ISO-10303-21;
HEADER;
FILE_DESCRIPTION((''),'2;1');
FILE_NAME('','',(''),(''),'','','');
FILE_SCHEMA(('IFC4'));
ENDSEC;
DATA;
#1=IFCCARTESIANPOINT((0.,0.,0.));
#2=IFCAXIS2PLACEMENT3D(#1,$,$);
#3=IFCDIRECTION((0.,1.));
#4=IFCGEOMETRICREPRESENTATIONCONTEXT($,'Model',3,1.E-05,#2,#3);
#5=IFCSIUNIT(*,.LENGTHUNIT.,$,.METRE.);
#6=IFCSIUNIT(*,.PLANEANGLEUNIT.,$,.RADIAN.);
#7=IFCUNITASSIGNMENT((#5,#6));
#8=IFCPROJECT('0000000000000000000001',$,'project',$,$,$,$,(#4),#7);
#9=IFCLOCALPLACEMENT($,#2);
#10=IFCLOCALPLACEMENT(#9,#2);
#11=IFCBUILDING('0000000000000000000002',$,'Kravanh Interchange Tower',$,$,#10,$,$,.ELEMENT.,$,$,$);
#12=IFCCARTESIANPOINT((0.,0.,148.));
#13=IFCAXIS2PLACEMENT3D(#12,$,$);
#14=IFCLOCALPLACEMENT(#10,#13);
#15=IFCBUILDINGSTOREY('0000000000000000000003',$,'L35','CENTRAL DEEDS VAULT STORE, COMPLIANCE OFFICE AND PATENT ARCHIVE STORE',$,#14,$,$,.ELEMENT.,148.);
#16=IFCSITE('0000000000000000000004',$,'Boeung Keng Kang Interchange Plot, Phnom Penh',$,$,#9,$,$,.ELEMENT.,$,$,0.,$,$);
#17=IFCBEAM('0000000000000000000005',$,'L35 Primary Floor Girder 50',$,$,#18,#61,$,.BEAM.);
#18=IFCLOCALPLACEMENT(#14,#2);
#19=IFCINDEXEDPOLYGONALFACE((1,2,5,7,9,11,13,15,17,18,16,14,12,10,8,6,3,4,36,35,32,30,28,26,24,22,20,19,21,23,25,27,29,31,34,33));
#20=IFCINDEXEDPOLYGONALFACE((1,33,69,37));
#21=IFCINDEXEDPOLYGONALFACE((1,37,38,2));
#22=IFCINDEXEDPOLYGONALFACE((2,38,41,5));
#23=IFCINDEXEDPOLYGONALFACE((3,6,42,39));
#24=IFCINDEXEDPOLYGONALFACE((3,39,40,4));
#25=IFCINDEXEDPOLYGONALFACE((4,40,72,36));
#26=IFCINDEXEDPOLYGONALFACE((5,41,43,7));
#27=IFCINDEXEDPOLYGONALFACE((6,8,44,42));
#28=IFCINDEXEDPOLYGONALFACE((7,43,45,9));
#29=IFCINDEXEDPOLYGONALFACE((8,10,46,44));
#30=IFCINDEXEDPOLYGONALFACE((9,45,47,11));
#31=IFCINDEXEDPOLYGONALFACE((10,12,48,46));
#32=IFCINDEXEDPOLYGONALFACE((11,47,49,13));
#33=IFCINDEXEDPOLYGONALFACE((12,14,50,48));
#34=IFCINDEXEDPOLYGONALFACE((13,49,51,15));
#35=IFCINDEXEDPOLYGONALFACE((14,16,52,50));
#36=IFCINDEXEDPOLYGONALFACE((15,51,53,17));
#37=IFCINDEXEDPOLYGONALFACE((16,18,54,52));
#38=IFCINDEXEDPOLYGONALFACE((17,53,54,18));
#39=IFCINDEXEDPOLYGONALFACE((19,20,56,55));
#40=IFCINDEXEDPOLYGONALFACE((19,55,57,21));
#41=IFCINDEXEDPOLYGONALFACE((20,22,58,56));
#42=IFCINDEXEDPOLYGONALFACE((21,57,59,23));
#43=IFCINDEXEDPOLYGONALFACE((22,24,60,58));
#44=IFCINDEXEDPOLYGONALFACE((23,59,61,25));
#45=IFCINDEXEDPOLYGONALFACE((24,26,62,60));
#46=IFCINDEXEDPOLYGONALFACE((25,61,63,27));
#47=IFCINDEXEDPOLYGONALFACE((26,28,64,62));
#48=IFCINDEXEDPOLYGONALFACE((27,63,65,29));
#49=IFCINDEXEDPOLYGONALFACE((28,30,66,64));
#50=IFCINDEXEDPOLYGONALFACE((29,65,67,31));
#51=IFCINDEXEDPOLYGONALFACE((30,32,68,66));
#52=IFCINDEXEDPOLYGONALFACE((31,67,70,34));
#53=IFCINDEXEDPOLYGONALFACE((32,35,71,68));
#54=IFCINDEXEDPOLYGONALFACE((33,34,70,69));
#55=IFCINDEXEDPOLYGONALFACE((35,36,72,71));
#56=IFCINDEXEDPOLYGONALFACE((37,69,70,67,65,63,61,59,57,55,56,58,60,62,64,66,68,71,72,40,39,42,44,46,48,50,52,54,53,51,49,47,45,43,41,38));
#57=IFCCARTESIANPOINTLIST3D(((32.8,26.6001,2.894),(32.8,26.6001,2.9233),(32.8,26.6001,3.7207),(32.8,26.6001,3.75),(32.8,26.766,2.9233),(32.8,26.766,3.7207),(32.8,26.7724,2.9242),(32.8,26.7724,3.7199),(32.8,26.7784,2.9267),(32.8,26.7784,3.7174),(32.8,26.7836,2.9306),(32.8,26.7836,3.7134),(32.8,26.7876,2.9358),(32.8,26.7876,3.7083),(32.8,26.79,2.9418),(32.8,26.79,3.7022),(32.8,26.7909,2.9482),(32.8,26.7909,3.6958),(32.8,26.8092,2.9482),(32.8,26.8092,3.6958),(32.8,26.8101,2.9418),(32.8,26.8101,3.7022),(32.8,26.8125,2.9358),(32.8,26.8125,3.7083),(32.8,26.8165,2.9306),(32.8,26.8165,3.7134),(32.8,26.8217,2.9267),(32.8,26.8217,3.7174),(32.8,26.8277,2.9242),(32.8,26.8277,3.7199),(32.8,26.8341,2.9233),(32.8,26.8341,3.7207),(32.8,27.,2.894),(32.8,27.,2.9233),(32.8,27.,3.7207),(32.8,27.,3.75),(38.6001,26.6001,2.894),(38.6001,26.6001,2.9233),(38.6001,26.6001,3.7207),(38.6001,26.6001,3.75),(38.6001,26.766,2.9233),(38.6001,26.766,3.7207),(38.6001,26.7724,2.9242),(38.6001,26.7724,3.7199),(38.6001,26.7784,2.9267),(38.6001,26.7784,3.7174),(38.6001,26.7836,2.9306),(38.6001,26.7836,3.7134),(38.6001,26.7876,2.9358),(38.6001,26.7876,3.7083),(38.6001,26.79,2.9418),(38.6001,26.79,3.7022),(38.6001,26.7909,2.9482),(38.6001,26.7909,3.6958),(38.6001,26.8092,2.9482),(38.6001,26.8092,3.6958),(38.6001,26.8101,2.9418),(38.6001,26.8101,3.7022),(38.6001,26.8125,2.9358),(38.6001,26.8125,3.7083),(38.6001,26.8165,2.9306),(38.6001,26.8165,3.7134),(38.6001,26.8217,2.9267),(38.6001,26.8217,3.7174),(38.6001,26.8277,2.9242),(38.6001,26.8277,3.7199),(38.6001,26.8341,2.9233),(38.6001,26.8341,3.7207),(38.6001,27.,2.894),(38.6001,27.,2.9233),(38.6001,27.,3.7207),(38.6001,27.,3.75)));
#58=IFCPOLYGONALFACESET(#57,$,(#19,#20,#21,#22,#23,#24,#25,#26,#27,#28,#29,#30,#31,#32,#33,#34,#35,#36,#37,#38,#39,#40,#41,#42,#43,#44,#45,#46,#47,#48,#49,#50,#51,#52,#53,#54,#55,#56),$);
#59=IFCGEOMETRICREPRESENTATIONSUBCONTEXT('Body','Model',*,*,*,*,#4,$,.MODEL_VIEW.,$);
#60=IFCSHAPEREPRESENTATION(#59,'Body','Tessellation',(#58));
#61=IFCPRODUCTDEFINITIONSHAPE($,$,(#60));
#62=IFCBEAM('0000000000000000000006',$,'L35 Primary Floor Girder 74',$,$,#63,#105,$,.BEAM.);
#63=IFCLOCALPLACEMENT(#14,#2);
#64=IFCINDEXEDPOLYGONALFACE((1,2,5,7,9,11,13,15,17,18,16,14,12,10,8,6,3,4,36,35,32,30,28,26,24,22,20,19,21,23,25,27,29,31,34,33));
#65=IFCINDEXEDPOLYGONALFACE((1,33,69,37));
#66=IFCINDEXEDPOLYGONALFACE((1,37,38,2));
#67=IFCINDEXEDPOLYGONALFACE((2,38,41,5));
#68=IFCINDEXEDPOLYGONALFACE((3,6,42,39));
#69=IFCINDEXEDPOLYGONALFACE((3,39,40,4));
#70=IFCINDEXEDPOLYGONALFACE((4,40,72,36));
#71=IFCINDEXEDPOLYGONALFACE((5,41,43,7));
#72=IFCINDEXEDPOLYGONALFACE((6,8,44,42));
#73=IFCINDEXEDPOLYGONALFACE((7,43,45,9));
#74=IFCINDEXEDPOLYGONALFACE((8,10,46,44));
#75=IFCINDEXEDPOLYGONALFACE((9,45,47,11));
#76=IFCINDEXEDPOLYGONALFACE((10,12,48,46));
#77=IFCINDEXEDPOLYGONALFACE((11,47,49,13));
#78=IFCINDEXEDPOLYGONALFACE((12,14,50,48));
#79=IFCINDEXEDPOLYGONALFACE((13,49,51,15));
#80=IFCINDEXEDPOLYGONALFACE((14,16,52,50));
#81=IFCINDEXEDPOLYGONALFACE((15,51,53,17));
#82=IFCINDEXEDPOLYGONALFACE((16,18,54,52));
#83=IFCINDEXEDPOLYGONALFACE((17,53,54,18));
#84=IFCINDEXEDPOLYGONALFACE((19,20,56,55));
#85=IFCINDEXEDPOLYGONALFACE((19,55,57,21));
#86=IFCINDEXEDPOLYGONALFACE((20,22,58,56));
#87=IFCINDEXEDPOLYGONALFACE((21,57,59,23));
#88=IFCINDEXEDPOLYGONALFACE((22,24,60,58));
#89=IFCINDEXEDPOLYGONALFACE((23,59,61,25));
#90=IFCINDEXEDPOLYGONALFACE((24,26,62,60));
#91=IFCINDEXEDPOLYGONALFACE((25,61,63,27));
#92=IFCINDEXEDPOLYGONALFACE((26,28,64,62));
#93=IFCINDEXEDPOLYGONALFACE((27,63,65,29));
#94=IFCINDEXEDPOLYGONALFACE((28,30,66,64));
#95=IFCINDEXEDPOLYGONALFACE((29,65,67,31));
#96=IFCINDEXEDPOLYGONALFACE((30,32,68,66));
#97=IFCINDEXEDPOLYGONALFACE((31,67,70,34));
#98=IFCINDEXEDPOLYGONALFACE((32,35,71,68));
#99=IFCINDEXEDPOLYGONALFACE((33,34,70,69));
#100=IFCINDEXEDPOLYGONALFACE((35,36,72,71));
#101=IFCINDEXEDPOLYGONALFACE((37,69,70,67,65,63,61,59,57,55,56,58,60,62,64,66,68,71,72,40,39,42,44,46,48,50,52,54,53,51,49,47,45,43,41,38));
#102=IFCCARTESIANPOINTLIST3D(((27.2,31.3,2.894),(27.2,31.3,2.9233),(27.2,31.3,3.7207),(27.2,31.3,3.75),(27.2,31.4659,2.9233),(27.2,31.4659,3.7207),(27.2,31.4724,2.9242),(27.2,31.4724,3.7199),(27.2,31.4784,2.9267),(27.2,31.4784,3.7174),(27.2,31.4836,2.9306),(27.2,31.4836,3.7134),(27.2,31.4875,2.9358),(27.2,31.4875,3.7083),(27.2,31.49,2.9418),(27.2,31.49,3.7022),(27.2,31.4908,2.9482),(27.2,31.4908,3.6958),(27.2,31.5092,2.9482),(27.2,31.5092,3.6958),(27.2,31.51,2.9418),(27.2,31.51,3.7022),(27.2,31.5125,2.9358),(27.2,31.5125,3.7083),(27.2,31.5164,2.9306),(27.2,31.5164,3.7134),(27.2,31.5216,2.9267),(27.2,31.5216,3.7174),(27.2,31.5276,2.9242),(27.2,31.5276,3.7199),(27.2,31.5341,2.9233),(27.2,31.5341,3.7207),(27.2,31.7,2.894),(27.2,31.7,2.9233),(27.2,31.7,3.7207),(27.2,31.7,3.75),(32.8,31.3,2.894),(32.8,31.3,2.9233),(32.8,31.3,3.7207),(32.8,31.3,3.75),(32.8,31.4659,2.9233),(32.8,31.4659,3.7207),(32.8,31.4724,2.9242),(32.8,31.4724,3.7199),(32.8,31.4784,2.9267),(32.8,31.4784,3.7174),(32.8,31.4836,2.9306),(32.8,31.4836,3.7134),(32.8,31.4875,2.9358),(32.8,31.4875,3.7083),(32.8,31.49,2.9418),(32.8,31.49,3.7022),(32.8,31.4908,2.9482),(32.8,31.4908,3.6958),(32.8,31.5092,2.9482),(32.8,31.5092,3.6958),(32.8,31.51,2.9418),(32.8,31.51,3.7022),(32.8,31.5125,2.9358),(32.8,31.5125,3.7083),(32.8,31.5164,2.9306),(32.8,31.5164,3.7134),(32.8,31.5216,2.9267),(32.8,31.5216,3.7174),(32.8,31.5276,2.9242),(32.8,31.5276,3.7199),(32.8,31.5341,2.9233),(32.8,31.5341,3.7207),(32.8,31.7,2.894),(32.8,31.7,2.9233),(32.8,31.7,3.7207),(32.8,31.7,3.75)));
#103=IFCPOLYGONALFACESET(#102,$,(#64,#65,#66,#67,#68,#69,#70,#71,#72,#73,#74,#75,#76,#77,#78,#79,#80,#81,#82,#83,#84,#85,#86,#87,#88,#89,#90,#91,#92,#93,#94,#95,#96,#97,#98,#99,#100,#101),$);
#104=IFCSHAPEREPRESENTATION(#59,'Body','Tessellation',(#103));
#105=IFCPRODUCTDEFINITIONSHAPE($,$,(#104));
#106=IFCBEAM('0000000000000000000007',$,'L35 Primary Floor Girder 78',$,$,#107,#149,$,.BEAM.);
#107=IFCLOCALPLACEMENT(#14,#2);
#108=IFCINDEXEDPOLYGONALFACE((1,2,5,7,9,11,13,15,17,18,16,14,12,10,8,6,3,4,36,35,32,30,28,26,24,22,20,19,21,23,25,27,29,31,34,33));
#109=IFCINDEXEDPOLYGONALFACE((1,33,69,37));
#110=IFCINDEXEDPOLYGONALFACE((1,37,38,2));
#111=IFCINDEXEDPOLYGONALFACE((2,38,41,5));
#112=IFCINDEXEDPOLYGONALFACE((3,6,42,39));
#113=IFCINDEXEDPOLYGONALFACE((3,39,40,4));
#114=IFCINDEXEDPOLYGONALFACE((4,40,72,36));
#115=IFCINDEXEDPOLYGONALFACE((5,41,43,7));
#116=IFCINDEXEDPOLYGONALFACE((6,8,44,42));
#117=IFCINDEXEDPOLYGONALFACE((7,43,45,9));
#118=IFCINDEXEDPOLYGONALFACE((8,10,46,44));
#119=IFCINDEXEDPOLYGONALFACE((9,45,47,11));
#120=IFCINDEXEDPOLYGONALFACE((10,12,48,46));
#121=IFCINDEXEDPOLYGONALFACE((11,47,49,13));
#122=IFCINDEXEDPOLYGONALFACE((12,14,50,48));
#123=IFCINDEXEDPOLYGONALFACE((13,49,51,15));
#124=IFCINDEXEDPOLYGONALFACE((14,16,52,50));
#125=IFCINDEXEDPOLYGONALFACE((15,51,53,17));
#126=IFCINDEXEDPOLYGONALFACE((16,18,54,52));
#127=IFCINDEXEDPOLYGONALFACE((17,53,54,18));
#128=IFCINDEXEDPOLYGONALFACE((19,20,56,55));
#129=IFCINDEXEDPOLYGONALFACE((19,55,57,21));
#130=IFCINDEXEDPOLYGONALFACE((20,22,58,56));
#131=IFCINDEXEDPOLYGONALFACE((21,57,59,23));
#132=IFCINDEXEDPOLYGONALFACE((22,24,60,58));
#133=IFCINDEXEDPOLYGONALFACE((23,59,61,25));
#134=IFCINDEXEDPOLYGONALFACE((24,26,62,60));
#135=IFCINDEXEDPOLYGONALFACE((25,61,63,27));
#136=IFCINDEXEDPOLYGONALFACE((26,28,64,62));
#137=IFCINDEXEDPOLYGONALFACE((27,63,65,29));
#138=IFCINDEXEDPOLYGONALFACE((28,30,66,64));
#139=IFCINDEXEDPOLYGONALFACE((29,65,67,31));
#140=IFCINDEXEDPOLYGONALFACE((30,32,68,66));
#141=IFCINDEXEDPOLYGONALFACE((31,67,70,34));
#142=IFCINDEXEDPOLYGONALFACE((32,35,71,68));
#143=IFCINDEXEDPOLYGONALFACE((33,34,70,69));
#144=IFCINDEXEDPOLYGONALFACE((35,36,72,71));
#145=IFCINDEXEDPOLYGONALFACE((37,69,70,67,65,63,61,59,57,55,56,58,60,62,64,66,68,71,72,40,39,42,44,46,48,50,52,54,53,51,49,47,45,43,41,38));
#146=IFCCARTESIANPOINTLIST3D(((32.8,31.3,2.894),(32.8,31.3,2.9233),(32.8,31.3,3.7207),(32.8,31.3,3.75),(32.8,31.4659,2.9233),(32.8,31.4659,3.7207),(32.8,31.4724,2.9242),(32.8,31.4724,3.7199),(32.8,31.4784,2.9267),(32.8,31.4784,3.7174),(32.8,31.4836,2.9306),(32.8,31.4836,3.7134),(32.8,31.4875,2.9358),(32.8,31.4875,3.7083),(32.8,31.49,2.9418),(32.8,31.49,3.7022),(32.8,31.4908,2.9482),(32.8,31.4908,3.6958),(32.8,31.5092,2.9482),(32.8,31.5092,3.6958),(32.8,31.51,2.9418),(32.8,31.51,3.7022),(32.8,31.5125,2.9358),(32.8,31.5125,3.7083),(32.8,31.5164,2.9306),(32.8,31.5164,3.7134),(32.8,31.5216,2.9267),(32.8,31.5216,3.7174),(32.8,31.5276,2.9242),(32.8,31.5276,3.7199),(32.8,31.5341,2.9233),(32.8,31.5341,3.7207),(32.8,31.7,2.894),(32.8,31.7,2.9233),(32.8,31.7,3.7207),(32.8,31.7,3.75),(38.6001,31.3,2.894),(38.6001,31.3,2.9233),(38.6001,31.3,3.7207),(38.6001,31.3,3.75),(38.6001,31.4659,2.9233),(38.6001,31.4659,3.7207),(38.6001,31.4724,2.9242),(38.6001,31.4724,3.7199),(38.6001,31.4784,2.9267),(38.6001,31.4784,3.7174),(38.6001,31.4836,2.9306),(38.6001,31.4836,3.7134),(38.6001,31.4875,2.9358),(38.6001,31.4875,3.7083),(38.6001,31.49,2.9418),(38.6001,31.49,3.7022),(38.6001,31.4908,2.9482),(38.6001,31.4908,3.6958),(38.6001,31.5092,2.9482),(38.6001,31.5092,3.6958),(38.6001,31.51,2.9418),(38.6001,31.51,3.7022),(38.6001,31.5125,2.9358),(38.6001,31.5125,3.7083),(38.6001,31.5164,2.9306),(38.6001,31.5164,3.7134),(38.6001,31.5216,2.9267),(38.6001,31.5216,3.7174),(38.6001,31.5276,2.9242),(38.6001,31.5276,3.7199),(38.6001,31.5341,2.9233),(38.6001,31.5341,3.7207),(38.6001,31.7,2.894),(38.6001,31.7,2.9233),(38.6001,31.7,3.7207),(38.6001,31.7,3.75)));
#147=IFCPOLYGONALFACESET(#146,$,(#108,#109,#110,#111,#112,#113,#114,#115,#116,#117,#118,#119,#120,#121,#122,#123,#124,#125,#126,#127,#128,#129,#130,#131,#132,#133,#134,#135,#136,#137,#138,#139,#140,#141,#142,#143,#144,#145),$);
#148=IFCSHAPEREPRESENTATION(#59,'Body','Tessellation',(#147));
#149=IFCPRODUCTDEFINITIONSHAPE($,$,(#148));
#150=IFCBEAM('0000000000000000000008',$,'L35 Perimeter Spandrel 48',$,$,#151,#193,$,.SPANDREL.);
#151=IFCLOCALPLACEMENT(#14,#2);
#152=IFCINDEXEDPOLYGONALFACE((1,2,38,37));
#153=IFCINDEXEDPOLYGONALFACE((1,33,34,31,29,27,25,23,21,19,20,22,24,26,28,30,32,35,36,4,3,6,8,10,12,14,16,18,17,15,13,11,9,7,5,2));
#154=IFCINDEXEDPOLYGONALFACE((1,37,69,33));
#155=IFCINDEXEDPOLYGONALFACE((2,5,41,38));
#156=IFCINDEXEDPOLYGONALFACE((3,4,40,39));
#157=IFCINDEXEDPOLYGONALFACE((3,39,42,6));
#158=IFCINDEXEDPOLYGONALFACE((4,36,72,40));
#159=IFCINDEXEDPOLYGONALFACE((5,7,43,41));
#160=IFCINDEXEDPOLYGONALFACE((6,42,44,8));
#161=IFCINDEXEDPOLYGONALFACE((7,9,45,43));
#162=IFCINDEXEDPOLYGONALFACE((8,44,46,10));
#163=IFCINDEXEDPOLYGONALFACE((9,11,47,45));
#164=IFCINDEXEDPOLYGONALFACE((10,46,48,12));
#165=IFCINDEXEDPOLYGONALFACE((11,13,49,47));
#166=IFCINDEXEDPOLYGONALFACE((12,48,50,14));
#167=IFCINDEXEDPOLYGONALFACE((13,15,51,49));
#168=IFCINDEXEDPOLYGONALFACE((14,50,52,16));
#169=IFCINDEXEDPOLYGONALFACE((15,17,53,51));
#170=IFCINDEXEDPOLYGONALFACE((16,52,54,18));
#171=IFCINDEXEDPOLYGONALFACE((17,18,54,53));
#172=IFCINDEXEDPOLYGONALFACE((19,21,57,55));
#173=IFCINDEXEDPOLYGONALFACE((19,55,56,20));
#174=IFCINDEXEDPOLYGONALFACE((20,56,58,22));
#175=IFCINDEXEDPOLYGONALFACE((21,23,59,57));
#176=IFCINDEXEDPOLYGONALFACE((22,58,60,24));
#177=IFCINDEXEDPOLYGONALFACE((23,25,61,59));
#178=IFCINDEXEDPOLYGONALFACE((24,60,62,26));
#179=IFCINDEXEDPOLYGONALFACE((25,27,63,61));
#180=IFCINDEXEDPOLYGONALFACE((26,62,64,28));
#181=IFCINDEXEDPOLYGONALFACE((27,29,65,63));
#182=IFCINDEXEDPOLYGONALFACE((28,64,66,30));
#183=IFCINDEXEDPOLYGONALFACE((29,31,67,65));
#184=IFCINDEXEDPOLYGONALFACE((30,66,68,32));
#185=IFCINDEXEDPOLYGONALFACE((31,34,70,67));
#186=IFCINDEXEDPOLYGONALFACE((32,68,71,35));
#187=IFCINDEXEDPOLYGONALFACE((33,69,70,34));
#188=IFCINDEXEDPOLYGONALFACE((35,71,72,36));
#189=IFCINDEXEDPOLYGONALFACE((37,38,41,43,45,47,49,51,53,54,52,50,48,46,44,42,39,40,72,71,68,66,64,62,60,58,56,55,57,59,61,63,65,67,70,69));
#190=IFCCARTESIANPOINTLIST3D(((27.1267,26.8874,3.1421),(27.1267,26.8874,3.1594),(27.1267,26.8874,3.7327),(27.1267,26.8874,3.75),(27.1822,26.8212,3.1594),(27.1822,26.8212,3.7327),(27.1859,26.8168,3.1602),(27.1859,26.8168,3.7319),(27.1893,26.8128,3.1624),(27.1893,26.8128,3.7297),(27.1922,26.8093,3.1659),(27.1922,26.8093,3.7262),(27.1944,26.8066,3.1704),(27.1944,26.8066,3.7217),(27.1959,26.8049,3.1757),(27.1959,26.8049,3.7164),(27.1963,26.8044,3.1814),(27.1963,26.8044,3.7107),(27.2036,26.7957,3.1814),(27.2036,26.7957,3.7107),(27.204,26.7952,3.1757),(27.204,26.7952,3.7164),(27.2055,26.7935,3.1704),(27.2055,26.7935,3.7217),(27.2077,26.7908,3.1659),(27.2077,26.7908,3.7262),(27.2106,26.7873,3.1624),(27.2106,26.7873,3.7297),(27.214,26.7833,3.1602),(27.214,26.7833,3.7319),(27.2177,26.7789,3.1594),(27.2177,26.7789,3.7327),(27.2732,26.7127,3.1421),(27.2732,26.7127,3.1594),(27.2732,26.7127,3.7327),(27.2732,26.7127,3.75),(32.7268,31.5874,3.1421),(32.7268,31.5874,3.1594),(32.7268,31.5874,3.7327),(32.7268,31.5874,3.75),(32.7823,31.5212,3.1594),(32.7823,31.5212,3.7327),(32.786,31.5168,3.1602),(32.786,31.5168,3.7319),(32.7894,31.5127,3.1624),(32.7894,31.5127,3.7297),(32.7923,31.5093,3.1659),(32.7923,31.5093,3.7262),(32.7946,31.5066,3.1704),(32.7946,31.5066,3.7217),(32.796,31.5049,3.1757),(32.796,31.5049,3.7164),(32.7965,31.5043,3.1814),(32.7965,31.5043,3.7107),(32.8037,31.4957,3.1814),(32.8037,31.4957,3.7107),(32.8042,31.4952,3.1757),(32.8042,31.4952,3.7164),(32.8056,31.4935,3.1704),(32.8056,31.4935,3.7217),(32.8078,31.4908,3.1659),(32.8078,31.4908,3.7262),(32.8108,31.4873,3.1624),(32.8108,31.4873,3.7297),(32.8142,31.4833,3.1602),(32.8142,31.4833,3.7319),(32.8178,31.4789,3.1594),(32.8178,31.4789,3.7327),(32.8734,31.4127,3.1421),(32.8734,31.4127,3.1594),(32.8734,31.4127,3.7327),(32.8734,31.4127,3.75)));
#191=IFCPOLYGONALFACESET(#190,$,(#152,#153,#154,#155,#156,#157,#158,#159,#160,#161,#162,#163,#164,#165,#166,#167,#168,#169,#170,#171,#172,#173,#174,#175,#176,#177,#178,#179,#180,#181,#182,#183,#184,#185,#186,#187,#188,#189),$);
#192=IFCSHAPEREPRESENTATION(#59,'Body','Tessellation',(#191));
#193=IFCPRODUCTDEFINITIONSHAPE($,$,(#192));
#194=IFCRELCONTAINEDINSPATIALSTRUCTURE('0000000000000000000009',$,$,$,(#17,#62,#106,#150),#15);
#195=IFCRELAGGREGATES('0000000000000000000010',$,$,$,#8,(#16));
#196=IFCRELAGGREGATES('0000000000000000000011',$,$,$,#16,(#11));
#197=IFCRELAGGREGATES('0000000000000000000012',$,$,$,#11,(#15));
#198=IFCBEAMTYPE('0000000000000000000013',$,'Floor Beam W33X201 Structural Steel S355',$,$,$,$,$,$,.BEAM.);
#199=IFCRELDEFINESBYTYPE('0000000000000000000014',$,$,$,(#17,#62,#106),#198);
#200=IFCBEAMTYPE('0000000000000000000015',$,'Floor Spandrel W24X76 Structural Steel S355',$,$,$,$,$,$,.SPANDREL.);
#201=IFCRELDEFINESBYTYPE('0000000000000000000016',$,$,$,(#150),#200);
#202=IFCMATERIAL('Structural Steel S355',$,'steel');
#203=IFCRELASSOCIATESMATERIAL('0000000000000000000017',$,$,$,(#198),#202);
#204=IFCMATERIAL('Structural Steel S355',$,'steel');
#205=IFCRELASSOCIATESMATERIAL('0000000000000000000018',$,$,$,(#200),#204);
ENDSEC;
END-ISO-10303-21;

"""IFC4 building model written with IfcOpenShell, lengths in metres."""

from ifc_helpers import new_model, si_unit, direction, frame, origin, origin_2d, place, context, subcontext, project, spatial, i_section, extrude, material, material_profile, profile_set, type_object, element, save


model = new_model("IFC4")

# Units and contexts
model_context = context("Model", 3, precision=1e-05, world=origin(), true_north=direction((0.0, 1.0)))
body_context = subcontext(model_context, "Body", "Model", "MODEL_VIEW")
ifc_project = project(units=[si_unit("LENGTHUNIT", "METRE"), si_unit("PLANEANGLEUNIT", "RADIAN")], contexts=[model_context])

# Site, building, storey
site_placement = place(None, origin())
site = spatial("IfcSite", under=ifc_project, at=site_placement, Name="Boeung Keng Kang Interchange Plot, Phnom Penh", CompositionType="ELEMENT", RefElevation=0.0)
building_placement = place(site_placement, origin())
building = spatial("IfcBuilding", under=site, at=building_placement, Name="Kravanh Interchange Tower", CompositionType="ELEMENT")
storey_placement = place(building_placement, frame((0.0, 0.0, 148.0)))
storey = spatial("IfcBuildingStorey", under=building, at=storey_placement, Name="L35", Description="CENTRAL DEEDS VAULT STORE, COMPLIANCE OFFICE AND PATENT ARCHIVE STORE", CompositionType="ELEMENT", Elevation=148.0)

# Beams
ifc_material_1 = material(Name="Structural Steel S355", Category="steel")
ifc_material_profile_1 = material_profile(ifc_material_1, i_section(OverallWidth=0.3999, OverallDepth=0.856, WebThickness=0.0183, FlangeThickness=0.0293, FilletRadius=0.0249, at=origin_2d()), Name="W33X201")
ifc_profile_set_1 = profile_set([ifc_material_profile_1], Name="Structural Steel S355")
beam_type_1 = type_object("IfcBeamType", Name="Floor Beam W33X201 Structural Steel S355", PredefinedType="BEAM", material=ifc_profile_set_1)
beam_1_placement = place(storey_placement, frame((32.8, 26.8, 3.322), z_axis=(1.0, 0.0, 0.0), x_axis=(0.0, 1.0, 0.0)))
element("IfcBeam", 1, at=beam_1_placement, inside=storey, type_object=beam_type_1, Name="L35 Primary Floor Girder 50", PredefinedType="BEAM", context=body_context, shape_type="SweptSolid", body=[
    extrude(i_section(OverallWidth=0.3999, OverallDepth=0.856, WebThickness=0.0183, FlangeThickness=0.0293, FilletRadius=0.0249, at=origin_2d()), origin(), (0.0, 0.0, 1.0), 5.8),
])
beam_2_placement = place(storey_placement, frame((27.2, 31.5, 3.322), z_axis=(1.0, 0.0, 0.0), x_axis=(0.0, 1.0, 0.0)))
element("IfcBeam", 2, at=beam_2_placement, inside=storey, type_object=beam_type_1, Name="L35 Primary Floor Girder 74", PredefinedType="BEAM", context=body_context, shape_type="SweptSolid", body=[
    extrude(i_section(OverallWidth=0.3999, OverallDepth=0.856, WebThickness=0.0183, FlangeThickness=0.0293, FilletRadius=0.0249, at=origin_2d()), origin(), (0.0, 0.0, 1.0), 5.6001),
])
beam_3_placement = place(storey_placement, frame((32.8, 31.5, 3.322), z_axis=(1.0, 0.0, 0.0), x_axis=(0.0, 1.0, 0.0)))
element("IfcBeam", 3, at=beam_3_placement, inside=storey, type_object=beam_type_1, Name="L35 Primary Floor Girder 78", PredefinedType="BEAM", context=body_context, shape_type="SweptSolid", body=[
    extrude(i_section(OverallWidth=0.3999, OverallDepth=0.856, WebThickness=0.0183, FlangeThickness=0.0293, FilletRadius=0.0249, at=origin_2d()), origin(), (0.0, 0.0, 1.0), 5.8),
])
ifc_material_2 = material(Name="Structural Steel S355", Category="steel")
ifc_material_profile_2 = material_profile(ifc_material_2, i_section(OverallWidth=0.228, OverallDepth=0.6079, WebThickness=0.0112, FlangeThickness=0.0173, FilletRadius=0.022, at=origin_2d()), Name="W24X76")
ifc_profile_set_2 = profile_set([ifc_material_profile_2], Name="Structural Steel S355")
beam_type_2 = type_object("IfcBeamType", Name="Floor Spandrel W24X76 Structural Steel S355", PredefinedType="SPANDREL", material=ifc_profile_set_2)
beam_4_placement = place(storey_placement, frame((27.2, 26.8, 3.446), z_axis=(0.765983, 0.642861, 0.0), x_axis=(-0.642861, 0.765983, 0.0)))
element("IfcBeam", 4, at=beam_4_placement, inside=storey, type_object=beam_type_2, Name="L35 Perimeter Spandrel 48", PredefinedType="SPANDREL", context=body_context, shape_type="SweptSolid", body=[
    extrude(i_section(OverallWidth=0.228, OverallDepth=0.6079, WebThickness=0.0112, FlangeThickness=0.0173, FilletRadius=0.022, at=origin_2d()), origin(), (0.0, 0.0, 1.0), 7.311),
])

save(model, "model.ifc")
